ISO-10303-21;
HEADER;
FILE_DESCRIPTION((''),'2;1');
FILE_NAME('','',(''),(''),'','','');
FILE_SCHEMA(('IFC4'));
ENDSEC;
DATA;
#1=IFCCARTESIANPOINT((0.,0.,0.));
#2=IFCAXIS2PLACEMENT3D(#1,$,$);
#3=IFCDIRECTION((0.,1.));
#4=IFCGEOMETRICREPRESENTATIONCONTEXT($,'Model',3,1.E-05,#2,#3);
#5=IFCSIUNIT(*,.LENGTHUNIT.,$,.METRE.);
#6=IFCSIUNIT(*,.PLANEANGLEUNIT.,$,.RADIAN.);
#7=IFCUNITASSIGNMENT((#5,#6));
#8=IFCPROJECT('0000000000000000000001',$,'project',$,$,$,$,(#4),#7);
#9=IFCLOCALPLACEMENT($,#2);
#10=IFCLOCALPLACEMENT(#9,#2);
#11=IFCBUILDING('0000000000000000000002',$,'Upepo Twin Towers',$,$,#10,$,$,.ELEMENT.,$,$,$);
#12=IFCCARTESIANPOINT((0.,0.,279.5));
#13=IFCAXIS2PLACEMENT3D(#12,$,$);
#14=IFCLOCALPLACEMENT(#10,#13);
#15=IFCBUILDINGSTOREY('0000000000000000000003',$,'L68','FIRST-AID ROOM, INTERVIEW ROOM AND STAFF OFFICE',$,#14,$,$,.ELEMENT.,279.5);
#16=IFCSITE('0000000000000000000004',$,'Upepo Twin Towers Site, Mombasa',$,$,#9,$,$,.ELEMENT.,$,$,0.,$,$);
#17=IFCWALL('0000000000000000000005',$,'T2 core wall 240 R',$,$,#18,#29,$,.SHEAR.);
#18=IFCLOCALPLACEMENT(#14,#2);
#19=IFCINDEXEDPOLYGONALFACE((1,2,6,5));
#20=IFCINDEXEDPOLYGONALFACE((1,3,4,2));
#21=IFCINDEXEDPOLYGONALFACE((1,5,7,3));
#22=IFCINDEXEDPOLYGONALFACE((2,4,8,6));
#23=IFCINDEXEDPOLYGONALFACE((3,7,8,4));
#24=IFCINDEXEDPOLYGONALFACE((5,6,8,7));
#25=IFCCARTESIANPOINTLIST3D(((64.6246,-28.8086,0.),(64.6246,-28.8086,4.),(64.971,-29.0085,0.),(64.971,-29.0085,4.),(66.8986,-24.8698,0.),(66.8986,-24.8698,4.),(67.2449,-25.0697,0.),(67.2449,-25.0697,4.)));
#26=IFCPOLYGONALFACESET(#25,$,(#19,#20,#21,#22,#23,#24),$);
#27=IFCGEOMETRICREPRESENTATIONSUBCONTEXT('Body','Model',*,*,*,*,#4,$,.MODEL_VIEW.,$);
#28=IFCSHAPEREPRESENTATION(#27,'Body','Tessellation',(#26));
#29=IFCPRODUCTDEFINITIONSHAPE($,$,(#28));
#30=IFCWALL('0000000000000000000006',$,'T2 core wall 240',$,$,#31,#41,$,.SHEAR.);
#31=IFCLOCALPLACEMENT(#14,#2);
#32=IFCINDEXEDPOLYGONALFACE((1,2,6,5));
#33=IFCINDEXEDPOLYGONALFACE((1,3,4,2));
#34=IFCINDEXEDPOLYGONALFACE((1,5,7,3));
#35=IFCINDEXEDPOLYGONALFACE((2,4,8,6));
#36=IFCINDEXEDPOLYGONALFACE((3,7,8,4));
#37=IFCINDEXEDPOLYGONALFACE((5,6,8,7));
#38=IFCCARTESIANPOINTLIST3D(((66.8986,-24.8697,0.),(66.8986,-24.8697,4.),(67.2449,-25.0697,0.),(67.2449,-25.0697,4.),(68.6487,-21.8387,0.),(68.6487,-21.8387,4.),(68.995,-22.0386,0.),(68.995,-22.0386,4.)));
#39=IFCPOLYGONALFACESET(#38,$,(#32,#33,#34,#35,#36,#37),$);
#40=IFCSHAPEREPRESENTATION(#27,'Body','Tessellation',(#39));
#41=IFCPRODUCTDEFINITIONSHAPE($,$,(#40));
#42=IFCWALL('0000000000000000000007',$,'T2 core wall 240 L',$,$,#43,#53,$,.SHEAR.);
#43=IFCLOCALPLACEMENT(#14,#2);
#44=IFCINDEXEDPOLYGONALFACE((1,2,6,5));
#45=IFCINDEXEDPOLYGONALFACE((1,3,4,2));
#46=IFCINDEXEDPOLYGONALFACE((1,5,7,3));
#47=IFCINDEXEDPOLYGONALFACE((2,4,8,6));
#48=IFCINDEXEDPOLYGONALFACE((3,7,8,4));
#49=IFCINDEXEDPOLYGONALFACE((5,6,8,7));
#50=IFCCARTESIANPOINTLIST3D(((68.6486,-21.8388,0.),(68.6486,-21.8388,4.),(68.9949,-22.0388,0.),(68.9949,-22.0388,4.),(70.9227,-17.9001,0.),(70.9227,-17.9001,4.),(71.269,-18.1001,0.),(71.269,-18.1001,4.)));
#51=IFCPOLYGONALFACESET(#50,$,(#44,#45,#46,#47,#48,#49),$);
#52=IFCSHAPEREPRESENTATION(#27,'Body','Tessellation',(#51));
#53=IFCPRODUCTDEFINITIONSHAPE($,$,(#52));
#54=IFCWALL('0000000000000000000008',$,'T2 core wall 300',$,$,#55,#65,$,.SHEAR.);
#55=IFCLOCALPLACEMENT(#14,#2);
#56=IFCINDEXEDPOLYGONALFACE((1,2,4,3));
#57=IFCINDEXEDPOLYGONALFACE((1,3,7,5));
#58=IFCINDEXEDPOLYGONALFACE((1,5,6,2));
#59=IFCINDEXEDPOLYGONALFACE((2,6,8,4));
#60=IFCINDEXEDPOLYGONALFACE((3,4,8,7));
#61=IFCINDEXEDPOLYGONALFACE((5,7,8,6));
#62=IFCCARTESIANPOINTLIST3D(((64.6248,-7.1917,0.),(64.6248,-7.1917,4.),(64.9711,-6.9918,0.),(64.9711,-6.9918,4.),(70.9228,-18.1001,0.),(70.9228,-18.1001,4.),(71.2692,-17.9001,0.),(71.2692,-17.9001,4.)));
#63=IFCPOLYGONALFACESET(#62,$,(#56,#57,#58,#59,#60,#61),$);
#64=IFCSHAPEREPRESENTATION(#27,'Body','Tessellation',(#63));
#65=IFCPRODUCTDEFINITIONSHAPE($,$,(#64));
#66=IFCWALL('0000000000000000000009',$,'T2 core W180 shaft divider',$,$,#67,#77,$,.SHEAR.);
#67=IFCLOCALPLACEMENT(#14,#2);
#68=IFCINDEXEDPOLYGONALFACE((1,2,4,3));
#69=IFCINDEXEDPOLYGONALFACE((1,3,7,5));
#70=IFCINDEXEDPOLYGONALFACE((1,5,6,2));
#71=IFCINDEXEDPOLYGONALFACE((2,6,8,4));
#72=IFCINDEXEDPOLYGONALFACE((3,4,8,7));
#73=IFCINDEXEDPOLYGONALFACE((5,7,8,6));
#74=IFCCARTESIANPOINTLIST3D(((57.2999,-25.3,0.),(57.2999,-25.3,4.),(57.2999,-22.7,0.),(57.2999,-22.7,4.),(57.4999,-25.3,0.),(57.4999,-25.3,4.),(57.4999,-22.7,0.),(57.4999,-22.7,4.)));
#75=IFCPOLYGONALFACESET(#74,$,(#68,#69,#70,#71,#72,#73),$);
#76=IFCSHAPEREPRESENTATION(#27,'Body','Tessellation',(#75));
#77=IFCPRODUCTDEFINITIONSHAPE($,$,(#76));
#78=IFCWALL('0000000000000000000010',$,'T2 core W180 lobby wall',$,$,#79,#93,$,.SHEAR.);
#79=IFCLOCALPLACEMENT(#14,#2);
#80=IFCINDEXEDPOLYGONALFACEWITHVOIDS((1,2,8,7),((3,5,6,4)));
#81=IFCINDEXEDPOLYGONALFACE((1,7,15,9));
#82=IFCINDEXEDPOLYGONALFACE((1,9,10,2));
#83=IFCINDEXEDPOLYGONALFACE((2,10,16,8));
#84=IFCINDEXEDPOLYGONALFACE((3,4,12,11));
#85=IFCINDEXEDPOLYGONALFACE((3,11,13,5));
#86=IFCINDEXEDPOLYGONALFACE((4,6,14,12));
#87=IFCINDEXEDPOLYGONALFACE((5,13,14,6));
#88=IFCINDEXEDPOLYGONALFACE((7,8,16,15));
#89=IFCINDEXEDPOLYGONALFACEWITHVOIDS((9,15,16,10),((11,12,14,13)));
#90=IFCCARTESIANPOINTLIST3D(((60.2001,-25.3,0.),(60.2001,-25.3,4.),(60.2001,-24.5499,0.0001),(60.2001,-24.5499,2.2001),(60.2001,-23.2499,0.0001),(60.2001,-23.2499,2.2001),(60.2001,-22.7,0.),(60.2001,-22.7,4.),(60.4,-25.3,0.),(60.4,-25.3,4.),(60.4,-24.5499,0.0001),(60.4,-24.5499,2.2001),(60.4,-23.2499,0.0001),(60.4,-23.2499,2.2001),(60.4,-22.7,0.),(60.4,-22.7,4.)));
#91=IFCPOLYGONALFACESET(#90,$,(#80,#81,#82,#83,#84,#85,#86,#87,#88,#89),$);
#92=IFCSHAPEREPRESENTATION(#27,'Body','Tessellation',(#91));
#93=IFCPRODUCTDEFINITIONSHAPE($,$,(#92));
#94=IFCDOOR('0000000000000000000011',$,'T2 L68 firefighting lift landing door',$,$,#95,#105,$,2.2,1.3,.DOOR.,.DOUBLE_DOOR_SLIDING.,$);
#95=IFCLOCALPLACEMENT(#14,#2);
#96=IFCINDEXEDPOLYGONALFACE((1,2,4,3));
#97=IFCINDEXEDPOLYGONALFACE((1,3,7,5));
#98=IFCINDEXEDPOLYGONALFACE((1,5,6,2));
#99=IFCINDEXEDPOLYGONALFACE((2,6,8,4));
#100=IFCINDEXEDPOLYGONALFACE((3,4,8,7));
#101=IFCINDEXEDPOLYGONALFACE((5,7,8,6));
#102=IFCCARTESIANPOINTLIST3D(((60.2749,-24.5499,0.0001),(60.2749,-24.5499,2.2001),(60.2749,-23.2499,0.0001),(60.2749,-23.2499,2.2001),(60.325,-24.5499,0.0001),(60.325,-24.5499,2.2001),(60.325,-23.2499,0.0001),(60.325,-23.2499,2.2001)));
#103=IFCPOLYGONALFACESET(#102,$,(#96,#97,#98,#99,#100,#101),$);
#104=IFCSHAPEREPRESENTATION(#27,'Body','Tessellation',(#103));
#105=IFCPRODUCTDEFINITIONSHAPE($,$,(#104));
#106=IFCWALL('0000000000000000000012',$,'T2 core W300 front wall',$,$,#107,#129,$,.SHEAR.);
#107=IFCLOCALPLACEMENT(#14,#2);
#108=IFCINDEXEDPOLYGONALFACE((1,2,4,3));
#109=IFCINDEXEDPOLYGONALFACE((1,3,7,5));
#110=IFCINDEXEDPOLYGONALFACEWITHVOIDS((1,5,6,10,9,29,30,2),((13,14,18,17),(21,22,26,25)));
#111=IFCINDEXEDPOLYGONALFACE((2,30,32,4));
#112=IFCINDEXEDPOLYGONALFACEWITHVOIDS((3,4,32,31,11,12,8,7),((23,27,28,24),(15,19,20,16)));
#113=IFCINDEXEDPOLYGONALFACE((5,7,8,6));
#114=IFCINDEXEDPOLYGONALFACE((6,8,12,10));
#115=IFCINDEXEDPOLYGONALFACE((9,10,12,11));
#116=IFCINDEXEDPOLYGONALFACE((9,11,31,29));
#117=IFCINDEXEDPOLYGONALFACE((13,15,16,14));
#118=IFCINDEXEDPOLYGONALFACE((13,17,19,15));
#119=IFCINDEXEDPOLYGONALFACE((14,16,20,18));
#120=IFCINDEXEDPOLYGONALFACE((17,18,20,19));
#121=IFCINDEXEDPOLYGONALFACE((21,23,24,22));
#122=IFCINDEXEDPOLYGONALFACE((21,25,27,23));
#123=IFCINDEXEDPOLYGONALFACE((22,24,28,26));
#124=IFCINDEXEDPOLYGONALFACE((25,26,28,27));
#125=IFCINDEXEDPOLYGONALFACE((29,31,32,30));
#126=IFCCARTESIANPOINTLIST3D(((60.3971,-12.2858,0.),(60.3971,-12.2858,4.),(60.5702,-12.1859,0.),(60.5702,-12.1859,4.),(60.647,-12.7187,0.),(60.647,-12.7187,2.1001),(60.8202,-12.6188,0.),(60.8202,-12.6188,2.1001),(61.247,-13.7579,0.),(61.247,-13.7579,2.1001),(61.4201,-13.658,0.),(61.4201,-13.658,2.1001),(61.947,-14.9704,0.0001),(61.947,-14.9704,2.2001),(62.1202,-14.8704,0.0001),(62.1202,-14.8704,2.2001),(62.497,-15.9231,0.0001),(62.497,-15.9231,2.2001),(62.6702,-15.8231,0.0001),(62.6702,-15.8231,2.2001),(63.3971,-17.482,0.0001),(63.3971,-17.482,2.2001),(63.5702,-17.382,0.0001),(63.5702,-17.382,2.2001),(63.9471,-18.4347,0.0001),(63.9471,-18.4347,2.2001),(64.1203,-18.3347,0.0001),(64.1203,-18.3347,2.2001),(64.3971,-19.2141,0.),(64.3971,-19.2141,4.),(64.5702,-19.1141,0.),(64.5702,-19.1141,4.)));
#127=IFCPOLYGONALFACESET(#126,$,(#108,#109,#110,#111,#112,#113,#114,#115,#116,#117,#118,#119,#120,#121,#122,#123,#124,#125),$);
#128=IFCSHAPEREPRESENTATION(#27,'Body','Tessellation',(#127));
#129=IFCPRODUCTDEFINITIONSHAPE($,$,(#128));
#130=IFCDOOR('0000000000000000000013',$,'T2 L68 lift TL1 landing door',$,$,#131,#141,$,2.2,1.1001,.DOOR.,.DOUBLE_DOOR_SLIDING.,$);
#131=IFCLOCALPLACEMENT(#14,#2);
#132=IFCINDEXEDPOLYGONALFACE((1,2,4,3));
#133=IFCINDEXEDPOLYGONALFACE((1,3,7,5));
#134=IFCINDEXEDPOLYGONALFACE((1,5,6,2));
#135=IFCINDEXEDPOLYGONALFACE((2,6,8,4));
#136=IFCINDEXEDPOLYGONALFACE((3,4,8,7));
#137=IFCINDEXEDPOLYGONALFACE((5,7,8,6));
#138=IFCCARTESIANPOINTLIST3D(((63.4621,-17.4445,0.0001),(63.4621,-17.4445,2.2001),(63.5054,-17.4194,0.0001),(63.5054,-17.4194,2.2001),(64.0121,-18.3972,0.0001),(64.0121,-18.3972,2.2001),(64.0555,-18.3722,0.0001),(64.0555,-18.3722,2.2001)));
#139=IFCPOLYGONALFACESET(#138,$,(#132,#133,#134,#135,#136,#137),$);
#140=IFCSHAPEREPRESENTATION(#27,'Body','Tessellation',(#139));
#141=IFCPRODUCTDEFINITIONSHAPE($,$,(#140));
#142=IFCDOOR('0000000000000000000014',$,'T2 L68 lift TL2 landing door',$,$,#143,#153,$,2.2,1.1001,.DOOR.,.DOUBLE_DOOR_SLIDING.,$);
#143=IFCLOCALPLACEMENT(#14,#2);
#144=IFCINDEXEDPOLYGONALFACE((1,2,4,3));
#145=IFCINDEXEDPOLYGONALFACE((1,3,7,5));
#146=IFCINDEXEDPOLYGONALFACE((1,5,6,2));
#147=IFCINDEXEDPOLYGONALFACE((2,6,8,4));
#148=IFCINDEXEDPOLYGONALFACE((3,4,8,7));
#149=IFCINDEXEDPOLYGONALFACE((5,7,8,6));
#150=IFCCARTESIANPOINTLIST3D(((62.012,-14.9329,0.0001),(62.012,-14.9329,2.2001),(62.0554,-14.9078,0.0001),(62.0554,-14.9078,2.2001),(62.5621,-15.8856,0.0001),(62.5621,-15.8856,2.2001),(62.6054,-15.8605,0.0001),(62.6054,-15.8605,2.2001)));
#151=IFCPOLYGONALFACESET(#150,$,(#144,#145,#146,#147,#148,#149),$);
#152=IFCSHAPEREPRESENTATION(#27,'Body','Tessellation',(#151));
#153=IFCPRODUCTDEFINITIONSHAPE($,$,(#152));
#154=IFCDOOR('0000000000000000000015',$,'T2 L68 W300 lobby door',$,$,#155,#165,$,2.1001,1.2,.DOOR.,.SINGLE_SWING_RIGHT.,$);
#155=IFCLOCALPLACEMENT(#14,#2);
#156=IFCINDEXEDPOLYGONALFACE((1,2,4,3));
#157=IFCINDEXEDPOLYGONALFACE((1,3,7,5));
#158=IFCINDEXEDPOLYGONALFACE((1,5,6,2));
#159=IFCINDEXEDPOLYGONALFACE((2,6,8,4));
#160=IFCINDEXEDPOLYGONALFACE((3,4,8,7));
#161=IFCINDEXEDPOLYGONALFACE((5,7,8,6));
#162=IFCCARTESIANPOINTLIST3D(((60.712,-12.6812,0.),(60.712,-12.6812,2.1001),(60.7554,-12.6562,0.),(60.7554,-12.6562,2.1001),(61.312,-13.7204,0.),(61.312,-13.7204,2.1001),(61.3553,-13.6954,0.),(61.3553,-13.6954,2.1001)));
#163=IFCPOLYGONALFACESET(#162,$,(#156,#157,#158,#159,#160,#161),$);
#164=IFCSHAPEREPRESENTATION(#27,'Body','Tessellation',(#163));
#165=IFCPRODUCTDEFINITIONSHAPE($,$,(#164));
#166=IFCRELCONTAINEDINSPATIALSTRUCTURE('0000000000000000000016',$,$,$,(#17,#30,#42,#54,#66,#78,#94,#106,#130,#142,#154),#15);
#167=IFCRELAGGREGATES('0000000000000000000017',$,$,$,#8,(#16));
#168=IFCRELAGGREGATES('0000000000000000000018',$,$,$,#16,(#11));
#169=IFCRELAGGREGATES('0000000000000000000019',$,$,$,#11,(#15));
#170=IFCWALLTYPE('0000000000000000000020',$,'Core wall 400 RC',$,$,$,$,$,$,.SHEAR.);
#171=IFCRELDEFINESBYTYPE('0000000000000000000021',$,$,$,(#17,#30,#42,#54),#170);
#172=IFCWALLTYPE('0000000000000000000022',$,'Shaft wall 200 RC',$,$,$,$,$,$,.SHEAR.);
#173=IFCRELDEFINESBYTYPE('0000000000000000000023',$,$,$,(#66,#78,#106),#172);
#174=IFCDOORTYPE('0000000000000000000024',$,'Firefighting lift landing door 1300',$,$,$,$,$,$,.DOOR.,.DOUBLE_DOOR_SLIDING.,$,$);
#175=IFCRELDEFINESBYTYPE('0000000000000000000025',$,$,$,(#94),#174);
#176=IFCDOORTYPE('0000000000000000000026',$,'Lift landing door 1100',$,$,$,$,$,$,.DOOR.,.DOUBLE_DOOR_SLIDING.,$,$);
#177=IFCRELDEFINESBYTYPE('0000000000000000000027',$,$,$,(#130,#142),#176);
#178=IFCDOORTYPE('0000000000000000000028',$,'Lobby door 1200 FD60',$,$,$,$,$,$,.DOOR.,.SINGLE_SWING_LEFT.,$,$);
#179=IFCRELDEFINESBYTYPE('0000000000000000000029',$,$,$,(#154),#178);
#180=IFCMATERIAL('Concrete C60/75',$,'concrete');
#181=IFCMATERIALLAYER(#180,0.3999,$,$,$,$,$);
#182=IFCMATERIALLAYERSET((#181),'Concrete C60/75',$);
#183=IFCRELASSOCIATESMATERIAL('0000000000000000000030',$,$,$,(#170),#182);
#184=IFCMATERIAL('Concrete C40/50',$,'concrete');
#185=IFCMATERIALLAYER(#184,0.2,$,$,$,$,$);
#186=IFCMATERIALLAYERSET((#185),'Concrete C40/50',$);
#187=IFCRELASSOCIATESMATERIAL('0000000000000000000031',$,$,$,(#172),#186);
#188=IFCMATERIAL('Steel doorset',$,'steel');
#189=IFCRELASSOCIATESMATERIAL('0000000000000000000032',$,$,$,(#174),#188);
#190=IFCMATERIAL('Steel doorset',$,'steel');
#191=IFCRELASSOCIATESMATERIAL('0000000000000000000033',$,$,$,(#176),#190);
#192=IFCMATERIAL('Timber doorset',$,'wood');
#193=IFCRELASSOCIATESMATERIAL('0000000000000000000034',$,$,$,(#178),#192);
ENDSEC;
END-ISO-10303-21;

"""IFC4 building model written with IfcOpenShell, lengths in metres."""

from ifc_helpers import new_model, si_unit, direction, frame, frame_2d, origin, place, context, subcontext, project, spatial, rectangle, extrude, material, layer, layer_set, type_object, element, fill, save


model = new_model("IFC4")

# Units and contexts
model_context = context("Model", 3, precision=1e-05, world=origin(), true_north=direction((0.0, 1.0)))
body_context = subcontext(model_context, "Body", "Model", "MODEL_VIEW")
ifc_project = project(units=[si_unit("LENGTHUNIT", "METRE"), si_unit("PLANEANGLEUNIT", "RADIAN")], contexts=[model_context])

# Site, building, storey
site_placement = place(None, origin())
site = spatial("IfcSite", under=ifc_project, at=site_placement, Name="Upepo Twin Towers Site, Mombasa", CompositionType="ELEMENT", RefElevation=0.0)
building_placement = place(site_placement, origin())
building = spatial("IfcBuilding", under=site, at=building_placement, Name="Upepo Twin Towers", CompositionType="ELEMENT")
storey_placement = place(building_placement, frame((0.0, 0.0, 279.5)))
storey = spatial("IfcBuildingStorey", under=building, at=storey_placement, Name="L68", Description="FIRST-AID ROOM, INTERVIEW ROOM AND STAFF OFFICE", CompositionType="ELEMENT", Elevation=279.5)

# Walls
ifc_material_1 = material(Name="Concrete C60/75", Category="concrete")
ifc_layer_1 = layer(ifc_material_1, 0.3999)
ifc_layer_set_1 = layer_set([ifc_layer_1], Name="Concrete C60/75")
wall_type_1 = type_object("IfcWallType", Name="Core wall 400 RC", PredefinedType="SHEAR", material=ifc_layer_set_1)
wall_1_placement = place(storey_placement, frame((64.7979, -28.9084, 0.0), z_axis=(0.0, 0.0, 1.0), x_axis=(0.499984, 0.866035, 0.0)))
element("IfcWall", 1, at=wall_1_placement, inside=storey, type_object=wall_type_1, Name="T2 core wall 240 R", PredefinedType="SHEAR", context=body_context, shape_type="SweptSolid", body=[
    extrude(rectangle(XDim=4.5481, YDim=0.3999, at=frame_2d((2.2739, 0.0))), origin(), (0.0, 0.0, 1.0), 4.0),
])
wall_2_placement = place(storey_placement, frame((67.0718, -24.9697, 0.0), z_axis=(0.0, 0.0, 1.0), x_axis=(0.50001, 0.866019, 0.0)))
element("IfcWall", 2, at=wall_2_placement, inside=storey, type_object=wall_type_1, Name="T2 core wall 240", PredefinedType="SHEAR", context=body_context, shape_type="SweptSolid", body=[
    extrude(rectangle(XDim=3.5, YDim=0.3999, at=frame_2d((1.75, 0.0))), origin(), (0.0, 0.0, 1.0), 4.0),
])
wall_3_placement = place(storey_placement, frame((68.8218, -21.9387, 0.0), z_axis=(0.0, 0.0, 1.0), x_axis=(0.500024, 0.866011, 0.0)))
element("IfcWall", 3, at=wall_3_placement, inside=storey, type_object=wall_type_1, Name="T2 core wall 240 L", PredefinedType="SHEAR", context=body_context, shape_type="SweptSolid", body=[
    extrude(rectangle(XDim=4.5481, YDim=0.3999, at=frame_2d((2.2739, 0.0))), origin(), (0.0, 0.0, 1.0), 4.0),
])
wall_4_placement = place(storey_placement, frame((71.0959, -18.0, 0.0), z_axis=(0.0, 0.0, 1.0), x_axis=(-0.500006, 0.866022, 0.0)))
element("IfcWall", 4, at=wall_4_placement, inside=storey, type_object=wall_type_1, Name="T2 core wall 300", PredefinedType="SHEAR", context=body_context, shape_type="SweptSolid", body=[
    extrude(rectangle(XDim=12.5959, YDim=0.3999, at=frame_2d((6.2979, 0.0))), origin(), (0.0, 0.0, 1.0), 4.0),
])
ifc_material_2 = material(Name="Concrete C40/50", Category="concrete")
ifc_layer_2 = layer(ifc_material_2, 0.2)
ifc_layer_set_2 = layer_set([ifc_layer_2], Name="Concrete C40/50")
wall_type_2 = type_object("IfcWallType", Name="Shaft wall 200 RC", PredefinedType="SHEAR", material=ifc_layer_set_2)
wall_5_placement = place(storey_placement, frame((57.3999, -22.7, 0.0), z_axis=(0.0, 0.0, 1.0), x_axis=(0.0, -1.0, 0.0)))
element("IfcWall", 5, at=wall_5_placement, inside=storey, type_object=wall_type_2, Name="T2 core W180 shaft divider", PredefinedType="SHEAR", context=body_context, shape_type="SweptSolid", body=[
    extrude(rectangle(XDim=2.6001, YDim=0.2, at=frame_2d((1.3, 0.0))), origin(), (0.0, 0.0, 1.0), 4.0),
])

# Wall, opening, door
wall_6_placement = place(storey_placement, frame((60.3, -22.7, 0.0), z_axis=(0.0, 0.0, 1.0), x_axis=(0.0, -1.0, 0.0)))
wall_6 = element("IfcWall", 6, at=wall_6_placement, inside=storey, type_object=wall_type_2, Name="T2 core W180 lobby wall", PredefinedType="SHEAR", context=body_context, shape_type="SweptSolid", body=[
    extrude(rectangle(XDim=2.6001, YDim=0.2, at=frame_2d((1.3, 0.0))), origin(), (0.0, 0.0, 1.0), 4.0),
])
opening_1_placement = place(wall_6_placement, frame((0.55, 0.0, 0.0)))
opening_1 = element("IfcOpeningElement", 7, at=opening_1_placement, cuts=wall_6, PredefinedType="OPENING", context=body_context, shape_type="SweptSolid", body=[
    extrude(rectangle(XDim=1.3, YDim=2.2, at=frame_2d((0.6499, 1.1001))), frame((0.0, 0.1099, 0.0), z_axis=(0.0, -1.0, 0.0), x_axis=(1.0, 0.0, 0.0)), (0.0, 0.0, 1.0), 0.22),
])
ifc_material_3 = material(Name="Steel doorset", Category="steel")
door_type_1 = type_object("IfcDoorType", Name="Firefighting lift landing door 1300", OperationType="DOUBLE_DOOR_SLIDING", PredefinedType="DOOR", material=ifc_material_3)
door_1_placement = place(opening_1_placement, origin())
door_1 = element("IfcDoor", 8, at=door_1_placement, inside=storey, type_object=door_type_1, Name="T2 L68 firefighting lift landing door", OperationType="DOUBLE_DOOR_SLIDING", OverallHeight=2.2, OverallWidth=1.3, PredefinedType="DOOR", context=body_context, shape_type="SweptSolid", body=[
    extrude(rectangle(XDim=1.3, YDim=2.2, at=frame_2d((0.6499, 1.1001))), frame((0.0, 0.0249, 0.0), z_axis=(0.0, -1.0, 0.0), x_axis=(1.0, 0.0, 0.0)), (0.0, 0.0, 1.0), 0.05),
])
fill(opening_1, door_1)

# Wall, openings, doors
wall_7_placement = place(storey_placement, frame((64.4836, -19.1641, 0.0), z_axis=(0.0, 0.0, 1.0), x_axis=(-0.499999, 0.866026, 0.0)))
wall_7 = element("IfcWall", 9, at=wall_7_placement, inside=storey, type_object=wall_type_2, Name="T2 core W300 front wall", PredefinedType="SHEAR", context=body_context, shape_type="SweptSolid", body=[
    extrude(rectangle(XDim=8.0, YDim=0.2, at=frame_2d((4.0, 0.0))), origin(), (0.0, 0.0, 1.0), 4.0),
])
opening_2_placement = place(wall_7_placement, frame((6.3, 0.0, 0.0)))
opening_2 = element("IfcOpeningElement", 10, at=opening_2_placement, cuts=wall_7, PredefinedType="OPENING", context=body_context, shape_type="SweptSolid", body=[
    extrude(rectangle(XDim=1.2, YDim=2.1001, at=frame_2d((0.6001, 1.05))), frame((0.0, 0.1099, 0.0), z_axis=(0.0, -1.0, 0.0), x_axis=(1.0, 0.0, 0.0)), (0.0, 0.0, 1.0), 0.22),
])
opening_3_placement = place(wall_7_placement, frame((0.8999, 0.0, 0.0)))
opening_3 = element("IfcOpeningElement", 11, at=opening_3_placement, cuts=wall_7, PredefinedType="OPENING", context=body_context, shape_type="SweptSolid", body=[
    extrude(rectangle(XDim=1.1001, YDim=2.2, at=frame_2d((0.55, 1.1001))), frame((0.0, 0.1099, 0.0), z_axis=(0.0, -1.0, 0.0), x_axis=(1.0, 0.0, 0.0)), (0.0, 0.0, 1.0), 0.22),
])
opening_4_placement = place(wall_7_placement, frame((3.8, 0.0, 0.0)))
opening_4 = element("IfcOpeningElement", 12, at=opening_4_placement, cuts=wall_7, PredefinedType="OPENING", context=body_context, shape_type="SweptSolid", body=[
    extrude(rectangle(XDim=1.1001, YDim=2.2, at=frame_2d((0.55, 1.1001))), frame((0.0, 0.1099, 0.0), z_axis=(0.0, -1.0, 0.0), x_axis=(1.0, 0.0, 0.0)), (0.0, 0.0, 1.0), 0.22),
])
ifc_material_4 = material(Name="Steel doorset", Category="steel")
door_type_2 = type_object("IfcDoorType", Name="Lift landing door 1100", OperationType="DOUBLE_DOOR_SLIDING", PredefinedType="DOOR", material=ifc_material_4)
door_2_placement = place(opening_3_placement, origin())
door_2 = element("IfcDoor", 13, at=door_2_placement, inside=storey, type_object=door_type_2, Name="T2 L68 lift TL1 landing door", OperationType="DOUBLE_DOOR_SLIDING", OverallHeight=2.2, OverallWidth=1.1001, PredefinedType="DOOR", context=body_context, shape_type="SweptSolid", body=[
    extrude(rectangle(XDim=1.1001, YDim=2.2, at=frame_2d((0.55, 1.1001))), frame((0.0, 0.0249, 0.0), z_axis=(0.0, -1.0, 0.0), x_axis=(1.0, 0.0, 0.0)), (0.0, 0.0, 1.0), 0.05),
])
fill(opening_3, door_2)
door_3_placement = place(opening_4_placement, origin())
door_3 = element("IfcDoor", 14, at=door_3_placement, inside=storey, type_object=door_type_2, Name="T2 L68 lift TL2 landing door", OperationType="DOUBLE_DOOR_SLIDING", OverallHeight=2.2, OverallWidth=1.1001, PredefinedType="DOOR", context=body_context, shape_type="SweptSolid", body=[
    extrude(rectangle(XDim=1.1001, YDim=2.2, at=frame_2d((0.55, 1.1001))), frame((0.0, 0.0249, 0.0), z_axis=(0.0, -1.0, 0.0), x_axis=(1.0, 0.0, 0.0)), (0.0, 0.0, 1.0), 0.05),
])
fill(opening_4, door_3)
ifc_material_5 = material(Name="Timber doorset", Category="wood")
door_type_3 = type_object("IfcDoorType", Name="Lobby door 1200 FD60", OperationType="SINGLE_SWING_LEFT", PredefinedType="DOOR", material=ifc_material_5)
door_4_placement = place(opening_2_placement, origin())
door_4 = element("IfcDoor", 15, at=door_4_placement, inside=storey, type_object=door_type_3, Name="T2 L68 W300 lobby door", OperationType="SINGLE_SWING_RIGHT", OverallHeight=2.1001, OverallWidth=1.2, PredefinedType="DOOR", context=body_context, shape_type="SweptSolid", body=[
    extrude(rectangle(XDim=1.2, YDim=2.1001, at=frame_2d((0.6001, 1.05))), frame((0.0, 0.0249, 0.0), z_axis=(0.0, -1.0, 0.0), x_axis=(1.0, 0.0, 0.0)), (0.0, 0.0, 1.0), 0.05),
])
fill(opening_2, door_4)

save(model, "model.ifc")
